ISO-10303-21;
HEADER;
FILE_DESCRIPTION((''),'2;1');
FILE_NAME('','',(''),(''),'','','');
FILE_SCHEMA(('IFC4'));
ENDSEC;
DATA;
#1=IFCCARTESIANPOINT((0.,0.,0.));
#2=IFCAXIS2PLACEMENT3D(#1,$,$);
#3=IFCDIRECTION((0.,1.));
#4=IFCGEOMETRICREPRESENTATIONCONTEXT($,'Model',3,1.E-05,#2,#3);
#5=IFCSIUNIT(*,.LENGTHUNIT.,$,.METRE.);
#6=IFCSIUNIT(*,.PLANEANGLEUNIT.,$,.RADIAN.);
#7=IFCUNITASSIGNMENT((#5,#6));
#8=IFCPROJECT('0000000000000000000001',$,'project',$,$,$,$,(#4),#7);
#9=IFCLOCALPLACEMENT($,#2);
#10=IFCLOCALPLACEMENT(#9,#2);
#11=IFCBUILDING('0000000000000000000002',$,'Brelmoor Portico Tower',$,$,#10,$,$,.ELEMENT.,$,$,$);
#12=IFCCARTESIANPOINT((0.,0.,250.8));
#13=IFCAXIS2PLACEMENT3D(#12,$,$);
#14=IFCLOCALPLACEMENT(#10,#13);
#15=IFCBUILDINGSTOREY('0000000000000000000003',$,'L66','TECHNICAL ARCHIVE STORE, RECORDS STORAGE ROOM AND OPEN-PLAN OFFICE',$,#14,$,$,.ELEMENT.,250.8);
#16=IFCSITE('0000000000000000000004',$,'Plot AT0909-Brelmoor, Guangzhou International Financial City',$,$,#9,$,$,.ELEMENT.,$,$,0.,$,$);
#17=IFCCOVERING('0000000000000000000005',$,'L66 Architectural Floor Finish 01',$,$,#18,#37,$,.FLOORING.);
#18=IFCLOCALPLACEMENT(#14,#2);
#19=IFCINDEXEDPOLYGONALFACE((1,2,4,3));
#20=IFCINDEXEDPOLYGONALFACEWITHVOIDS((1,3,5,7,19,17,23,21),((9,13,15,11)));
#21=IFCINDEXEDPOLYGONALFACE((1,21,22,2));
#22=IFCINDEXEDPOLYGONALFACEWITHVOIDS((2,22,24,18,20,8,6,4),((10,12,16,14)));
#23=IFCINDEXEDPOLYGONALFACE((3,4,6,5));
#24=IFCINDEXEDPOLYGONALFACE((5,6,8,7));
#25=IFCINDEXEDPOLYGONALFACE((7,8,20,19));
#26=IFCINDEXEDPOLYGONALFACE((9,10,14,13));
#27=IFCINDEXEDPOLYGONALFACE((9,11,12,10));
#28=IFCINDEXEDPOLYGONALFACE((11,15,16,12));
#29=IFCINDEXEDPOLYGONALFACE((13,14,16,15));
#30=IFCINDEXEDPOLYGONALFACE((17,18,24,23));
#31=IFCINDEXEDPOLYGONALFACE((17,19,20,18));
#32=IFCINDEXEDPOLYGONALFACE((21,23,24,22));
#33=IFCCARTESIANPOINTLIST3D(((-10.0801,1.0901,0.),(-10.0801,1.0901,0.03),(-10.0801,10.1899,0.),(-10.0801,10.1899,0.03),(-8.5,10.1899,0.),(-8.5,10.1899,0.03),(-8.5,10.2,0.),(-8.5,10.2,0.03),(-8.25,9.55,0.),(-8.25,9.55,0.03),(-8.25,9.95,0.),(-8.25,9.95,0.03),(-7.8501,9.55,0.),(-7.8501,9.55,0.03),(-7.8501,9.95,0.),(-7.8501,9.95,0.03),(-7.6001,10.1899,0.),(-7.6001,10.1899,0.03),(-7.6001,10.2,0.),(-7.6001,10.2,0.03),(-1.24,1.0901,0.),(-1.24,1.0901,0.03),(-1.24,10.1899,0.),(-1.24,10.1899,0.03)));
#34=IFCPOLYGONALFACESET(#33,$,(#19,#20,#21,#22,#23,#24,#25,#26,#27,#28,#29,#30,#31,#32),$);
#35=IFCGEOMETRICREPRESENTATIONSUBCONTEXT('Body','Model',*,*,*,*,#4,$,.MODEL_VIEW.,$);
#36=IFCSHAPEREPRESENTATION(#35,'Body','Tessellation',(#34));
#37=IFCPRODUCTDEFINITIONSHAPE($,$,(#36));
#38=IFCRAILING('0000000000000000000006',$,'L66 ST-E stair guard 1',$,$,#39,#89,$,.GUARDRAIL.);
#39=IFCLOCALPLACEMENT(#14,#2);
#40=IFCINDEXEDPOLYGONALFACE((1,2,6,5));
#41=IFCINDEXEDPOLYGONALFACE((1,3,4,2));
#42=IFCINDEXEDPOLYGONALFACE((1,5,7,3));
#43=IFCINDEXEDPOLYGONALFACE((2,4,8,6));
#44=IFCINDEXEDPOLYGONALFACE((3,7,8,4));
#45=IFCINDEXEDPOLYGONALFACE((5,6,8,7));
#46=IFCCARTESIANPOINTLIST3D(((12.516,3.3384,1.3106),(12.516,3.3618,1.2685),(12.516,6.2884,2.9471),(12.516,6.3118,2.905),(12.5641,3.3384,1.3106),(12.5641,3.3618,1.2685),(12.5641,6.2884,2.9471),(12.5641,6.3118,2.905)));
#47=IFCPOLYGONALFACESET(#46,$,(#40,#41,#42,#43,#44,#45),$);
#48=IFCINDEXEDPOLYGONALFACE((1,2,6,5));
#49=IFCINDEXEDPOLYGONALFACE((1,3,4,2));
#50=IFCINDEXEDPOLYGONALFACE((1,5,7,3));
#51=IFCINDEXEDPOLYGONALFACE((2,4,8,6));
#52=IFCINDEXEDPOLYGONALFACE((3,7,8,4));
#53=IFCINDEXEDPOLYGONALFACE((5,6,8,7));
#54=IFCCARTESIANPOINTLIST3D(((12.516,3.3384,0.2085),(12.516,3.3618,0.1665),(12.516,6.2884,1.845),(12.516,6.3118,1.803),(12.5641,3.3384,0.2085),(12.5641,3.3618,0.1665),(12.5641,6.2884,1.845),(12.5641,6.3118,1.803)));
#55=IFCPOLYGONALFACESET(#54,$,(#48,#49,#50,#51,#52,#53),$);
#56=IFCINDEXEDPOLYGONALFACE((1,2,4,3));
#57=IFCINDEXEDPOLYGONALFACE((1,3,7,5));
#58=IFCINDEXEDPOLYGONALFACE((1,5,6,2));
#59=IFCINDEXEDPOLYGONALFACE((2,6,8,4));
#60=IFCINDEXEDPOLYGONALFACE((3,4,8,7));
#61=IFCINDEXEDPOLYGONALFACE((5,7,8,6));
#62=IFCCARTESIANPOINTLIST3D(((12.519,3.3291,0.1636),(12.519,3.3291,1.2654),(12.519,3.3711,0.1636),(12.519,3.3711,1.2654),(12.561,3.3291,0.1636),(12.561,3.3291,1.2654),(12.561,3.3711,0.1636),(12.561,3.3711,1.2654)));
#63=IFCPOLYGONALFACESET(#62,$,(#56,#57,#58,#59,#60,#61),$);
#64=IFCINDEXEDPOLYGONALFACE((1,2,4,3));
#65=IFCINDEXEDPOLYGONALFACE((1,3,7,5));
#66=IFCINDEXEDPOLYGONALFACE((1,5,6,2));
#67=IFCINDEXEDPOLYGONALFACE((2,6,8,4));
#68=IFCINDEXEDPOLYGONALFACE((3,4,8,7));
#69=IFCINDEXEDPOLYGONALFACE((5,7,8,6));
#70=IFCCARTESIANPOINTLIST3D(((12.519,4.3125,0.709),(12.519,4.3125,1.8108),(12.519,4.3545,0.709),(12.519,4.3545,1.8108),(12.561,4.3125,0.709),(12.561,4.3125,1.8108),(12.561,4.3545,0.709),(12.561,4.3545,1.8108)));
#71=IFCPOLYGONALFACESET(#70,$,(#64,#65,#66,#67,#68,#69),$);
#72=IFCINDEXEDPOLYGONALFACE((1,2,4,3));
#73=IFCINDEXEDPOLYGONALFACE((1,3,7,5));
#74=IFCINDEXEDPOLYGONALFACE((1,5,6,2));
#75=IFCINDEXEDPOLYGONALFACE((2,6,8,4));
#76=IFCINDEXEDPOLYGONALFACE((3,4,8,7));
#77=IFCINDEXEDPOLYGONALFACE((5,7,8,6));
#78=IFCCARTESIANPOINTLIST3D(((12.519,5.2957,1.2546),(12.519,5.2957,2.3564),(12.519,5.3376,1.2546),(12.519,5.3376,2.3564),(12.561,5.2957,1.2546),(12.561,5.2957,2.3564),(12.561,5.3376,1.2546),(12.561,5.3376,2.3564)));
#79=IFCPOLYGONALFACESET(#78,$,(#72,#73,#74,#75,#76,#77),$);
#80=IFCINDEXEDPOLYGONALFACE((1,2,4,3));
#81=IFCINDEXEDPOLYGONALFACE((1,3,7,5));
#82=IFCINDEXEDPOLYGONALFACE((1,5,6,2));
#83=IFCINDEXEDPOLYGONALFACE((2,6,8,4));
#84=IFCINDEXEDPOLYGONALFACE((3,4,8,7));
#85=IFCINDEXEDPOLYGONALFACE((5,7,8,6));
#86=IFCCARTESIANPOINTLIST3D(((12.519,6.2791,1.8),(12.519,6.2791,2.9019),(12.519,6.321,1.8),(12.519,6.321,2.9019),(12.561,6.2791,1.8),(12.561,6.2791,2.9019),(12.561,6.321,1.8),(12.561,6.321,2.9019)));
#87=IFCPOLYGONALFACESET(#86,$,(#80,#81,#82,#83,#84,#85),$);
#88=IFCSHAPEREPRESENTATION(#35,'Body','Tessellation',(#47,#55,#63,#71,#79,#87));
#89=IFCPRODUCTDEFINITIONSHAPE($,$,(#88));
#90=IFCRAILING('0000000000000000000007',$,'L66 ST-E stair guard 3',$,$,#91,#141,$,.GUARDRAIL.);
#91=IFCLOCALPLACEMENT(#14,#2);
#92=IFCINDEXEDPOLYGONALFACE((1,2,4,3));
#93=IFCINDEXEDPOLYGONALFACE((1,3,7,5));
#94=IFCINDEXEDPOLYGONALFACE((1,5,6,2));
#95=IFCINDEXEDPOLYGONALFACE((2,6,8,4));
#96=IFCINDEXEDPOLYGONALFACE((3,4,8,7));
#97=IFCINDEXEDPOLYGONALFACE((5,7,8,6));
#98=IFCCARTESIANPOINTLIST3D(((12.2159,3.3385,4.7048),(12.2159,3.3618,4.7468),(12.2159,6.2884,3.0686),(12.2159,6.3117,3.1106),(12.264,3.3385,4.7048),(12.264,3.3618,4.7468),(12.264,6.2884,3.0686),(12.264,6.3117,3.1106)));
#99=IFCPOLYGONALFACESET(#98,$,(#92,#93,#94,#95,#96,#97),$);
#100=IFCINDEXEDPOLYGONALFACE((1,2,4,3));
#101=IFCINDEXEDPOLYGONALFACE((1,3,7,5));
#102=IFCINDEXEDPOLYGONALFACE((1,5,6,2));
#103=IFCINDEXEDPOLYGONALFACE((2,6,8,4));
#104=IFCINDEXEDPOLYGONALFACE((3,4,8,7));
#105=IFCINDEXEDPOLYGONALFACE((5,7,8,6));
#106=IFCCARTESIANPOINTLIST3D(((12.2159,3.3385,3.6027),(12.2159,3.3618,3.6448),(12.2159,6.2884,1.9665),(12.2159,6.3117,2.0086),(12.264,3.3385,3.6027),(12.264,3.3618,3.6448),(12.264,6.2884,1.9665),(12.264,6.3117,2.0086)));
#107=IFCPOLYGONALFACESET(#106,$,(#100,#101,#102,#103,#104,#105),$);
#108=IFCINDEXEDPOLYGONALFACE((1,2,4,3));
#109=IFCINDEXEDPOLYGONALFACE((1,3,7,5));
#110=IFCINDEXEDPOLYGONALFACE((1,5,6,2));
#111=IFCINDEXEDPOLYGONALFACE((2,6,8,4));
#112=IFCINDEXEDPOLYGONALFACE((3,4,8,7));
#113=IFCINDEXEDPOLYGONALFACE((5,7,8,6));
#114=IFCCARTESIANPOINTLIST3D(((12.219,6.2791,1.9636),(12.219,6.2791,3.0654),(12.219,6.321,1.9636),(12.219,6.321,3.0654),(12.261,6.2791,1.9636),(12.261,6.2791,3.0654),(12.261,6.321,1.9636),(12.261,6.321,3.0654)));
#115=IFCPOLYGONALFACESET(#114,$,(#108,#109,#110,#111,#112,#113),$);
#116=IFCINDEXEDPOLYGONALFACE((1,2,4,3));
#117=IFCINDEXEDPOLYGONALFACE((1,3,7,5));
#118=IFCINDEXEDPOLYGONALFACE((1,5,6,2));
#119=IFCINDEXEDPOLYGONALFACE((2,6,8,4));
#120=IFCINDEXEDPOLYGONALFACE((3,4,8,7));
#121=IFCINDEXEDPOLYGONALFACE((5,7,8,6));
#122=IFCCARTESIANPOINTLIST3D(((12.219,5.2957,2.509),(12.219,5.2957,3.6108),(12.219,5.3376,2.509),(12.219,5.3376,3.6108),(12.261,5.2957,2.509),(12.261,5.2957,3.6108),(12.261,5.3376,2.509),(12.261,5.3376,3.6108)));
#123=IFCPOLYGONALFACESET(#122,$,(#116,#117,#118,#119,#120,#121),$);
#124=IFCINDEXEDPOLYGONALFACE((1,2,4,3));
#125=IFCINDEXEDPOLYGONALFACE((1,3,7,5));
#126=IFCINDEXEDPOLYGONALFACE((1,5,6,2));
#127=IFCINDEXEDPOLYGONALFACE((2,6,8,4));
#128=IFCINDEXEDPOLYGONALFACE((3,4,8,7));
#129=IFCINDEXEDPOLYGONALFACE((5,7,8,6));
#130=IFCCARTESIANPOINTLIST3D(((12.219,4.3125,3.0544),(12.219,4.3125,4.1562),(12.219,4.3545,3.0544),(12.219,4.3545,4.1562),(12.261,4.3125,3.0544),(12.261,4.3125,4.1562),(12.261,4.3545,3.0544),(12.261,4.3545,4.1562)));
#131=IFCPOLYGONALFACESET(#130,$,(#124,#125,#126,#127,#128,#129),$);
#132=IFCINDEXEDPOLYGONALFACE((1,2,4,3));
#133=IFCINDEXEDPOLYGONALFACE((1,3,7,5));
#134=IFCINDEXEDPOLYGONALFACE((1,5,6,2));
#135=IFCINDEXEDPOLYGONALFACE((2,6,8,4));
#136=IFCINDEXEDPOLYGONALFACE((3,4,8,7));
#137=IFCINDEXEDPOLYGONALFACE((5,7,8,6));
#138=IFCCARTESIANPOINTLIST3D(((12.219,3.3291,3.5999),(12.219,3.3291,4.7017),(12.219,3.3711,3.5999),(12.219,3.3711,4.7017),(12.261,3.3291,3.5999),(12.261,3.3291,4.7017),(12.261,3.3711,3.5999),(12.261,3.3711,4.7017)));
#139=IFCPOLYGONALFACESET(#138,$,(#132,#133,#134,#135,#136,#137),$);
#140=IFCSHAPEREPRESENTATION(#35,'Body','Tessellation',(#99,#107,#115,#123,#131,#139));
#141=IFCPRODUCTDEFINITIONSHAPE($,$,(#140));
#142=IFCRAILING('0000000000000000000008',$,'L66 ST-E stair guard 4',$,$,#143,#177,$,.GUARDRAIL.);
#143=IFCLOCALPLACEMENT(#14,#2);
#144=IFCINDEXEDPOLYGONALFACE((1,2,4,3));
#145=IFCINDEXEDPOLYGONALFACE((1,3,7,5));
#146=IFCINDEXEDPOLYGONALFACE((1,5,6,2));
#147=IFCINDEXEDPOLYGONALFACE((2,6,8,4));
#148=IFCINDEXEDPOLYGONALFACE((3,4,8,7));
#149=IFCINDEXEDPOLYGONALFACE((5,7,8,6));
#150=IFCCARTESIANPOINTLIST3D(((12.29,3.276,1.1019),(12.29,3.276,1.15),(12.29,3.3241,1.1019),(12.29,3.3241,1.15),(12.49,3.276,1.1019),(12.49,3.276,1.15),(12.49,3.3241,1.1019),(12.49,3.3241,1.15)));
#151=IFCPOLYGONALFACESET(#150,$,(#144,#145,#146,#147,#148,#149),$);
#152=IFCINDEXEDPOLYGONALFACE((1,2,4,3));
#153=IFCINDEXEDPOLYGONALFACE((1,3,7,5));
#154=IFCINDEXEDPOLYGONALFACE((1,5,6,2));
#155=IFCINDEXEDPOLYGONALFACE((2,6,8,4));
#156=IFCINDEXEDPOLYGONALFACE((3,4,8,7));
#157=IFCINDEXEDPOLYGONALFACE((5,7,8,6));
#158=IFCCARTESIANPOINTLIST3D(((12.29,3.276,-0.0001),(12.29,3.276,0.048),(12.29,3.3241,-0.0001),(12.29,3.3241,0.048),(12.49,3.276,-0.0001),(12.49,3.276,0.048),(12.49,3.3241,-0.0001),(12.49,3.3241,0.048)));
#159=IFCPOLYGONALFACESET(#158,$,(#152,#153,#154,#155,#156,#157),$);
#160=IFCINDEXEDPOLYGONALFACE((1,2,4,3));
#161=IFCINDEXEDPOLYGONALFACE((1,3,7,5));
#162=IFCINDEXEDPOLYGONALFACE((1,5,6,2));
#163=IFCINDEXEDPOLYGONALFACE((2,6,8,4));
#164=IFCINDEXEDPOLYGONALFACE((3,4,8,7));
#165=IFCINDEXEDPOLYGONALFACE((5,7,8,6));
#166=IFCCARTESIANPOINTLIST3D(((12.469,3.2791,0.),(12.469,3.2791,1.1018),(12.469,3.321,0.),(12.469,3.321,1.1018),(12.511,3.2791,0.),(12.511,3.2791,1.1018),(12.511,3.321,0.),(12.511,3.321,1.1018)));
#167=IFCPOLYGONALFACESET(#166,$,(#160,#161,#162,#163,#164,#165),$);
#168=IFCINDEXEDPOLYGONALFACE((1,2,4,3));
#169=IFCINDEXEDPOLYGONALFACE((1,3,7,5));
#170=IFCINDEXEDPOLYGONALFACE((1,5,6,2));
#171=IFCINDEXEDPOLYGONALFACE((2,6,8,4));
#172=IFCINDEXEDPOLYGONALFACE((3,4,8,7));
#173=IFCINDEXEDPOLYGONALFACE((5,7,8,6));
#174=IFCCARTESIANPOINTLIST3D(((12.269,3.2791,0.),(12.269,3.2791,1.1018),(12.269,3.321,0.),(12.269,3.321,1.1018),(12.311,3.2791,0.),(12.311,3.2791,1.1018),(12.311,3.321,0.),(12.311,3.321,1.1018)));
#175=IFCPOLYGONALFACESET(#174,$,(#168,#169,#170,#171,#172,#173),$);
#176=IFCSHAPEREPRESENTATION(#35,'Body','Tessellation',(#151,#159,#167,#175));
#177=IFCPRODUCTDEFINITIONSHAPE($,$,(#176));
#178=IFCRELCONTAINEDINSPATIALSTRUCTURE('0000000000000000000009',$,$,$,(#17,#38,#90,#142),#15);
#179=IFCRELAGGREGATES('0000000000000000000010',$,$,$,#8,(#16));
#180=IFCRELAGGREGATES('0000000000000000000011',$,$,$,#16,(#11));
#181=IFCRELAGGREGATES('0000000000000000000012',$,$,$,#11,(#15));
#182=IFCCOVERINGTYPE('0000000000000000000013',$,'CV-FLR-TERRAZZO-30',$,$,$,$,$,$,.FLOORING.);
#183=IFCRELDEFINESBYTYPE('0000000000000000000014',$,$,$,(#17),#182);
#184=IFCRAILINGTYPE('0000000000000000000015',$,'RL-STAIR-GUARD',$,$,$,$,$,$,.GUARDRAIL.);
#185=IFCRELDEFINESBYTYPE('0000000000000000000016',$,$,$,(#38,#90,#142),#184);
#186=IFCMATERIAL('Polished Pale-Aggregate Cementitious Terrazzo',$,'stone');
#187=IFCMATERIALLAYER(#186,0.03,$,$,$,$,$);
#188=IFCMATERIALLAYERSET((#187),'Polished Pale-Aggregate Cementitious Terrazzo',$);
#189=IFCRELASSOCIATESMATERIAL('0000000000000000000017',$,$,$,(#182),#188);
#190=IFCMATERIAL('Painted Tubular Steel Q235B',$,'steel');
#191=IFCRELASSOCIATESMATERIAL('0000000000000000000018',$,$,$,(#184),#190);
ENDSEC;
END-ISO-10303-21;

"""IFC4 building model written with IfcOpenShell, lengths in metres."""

from ifc_helpers import new_model, si_unit, direction, frame, origin, origin_2d, place, context, subcontext, project, spatial, polyline, rectangle, outline, extrude, material, layer, layer_set, type_object, element, save


model = new_model("IFC4")

# Units and contexts
model_context = context("Model", 3, precision=1e-05, world=origin(), true_north=direction((0.0, 1.0)))
body_context = subcontext(model_context, "Body", "Model", "MODEL_VIEW")
ifc_project = project(units=[si_unit("LENGTHUNIT", "METRE"), si_unit("PLANEANGLEUNIT", "RADIAN")], contexts=[model_context])

# Site, building, storey
site_placement = place(None, origin())
site = spatial("IfcSite", under=ifc_project, at=site_placement, Name="Plot AT0909-Brelmoor, Guangzhou International Financial City", CompositionType="ELEMENT", RefElevation=0.0)
building_placement = place(site_placement, origin())
building = spatial("IfcBuilding", under=site, at=building_placement, Name="Brelmoor Portico Tower", CompositionType="ELEMENT")
storey_placement = place(building_placement, frame((0.0, 0.0, 250.8)))
storey = spatial("IfcBuildingStorey", under=building, at=storey_placement, Name="L66", Description="TECHNICAL ARCHIVE STORE, RECORDS STORAGE ROOM AND OPEN-PLAN OFFICE", CompositionType="ELEMENT", Elevation=250.8)

# Covering
ifc_material_1 = material(Name="Polished Pale-Aggregate Cementitious Terrazzo", Category="stone")
ifc_layer_1 = layer(ifc_material_1, 0.03)
ifc_layer_set_1 = layer_set([ifc_layer_1], Name="Polished Pale-Aggregate Cementitious Terrazzo")
covering_type_1 = type_object("IfcCoveringType", Name="CV-FLR-TERRAZZO-30", PredefinedType="FLOORING", material=ifc_layer_set_1)
covering_1_placement = place(storey_placement, origin())
element("IfcCovering", 1, at=covering_1_placement, inside=storey, type_object=covering_type_1, Name="L66 Architectural Floor Finish 01", PredefinedType="FLOORING", context=body_context, shape_type="SweptSolid", body=[
    extrude(outline(polyline([(-10.0801, 10.1899), (-8.5, 10.1899), (-8.5, 10.2), (-7.6001, 10.2), (-7.6001, 10.1899), (-1.24, 10.1899), (-1.24, 1.0901), (-10.0801, 1.0901), (-10.0801, 10.1899)]), holes=[polyline([(-7.8501, 9.55), (-7.8501, 9.95), (-8.25, 9.95), (-8.25, 9.55), (-7.8501, 9.55)])]), origin(), (0.0, 0.0, 1.0), 0.03),
])

# Railings
ifc_material_2 = material(Name="Painted Tubular Steel Q235B", Category="steel")
railing_type_1 = type_object("IfcRailingType", Name="RL-STAIR-GUARD", PredefinedType="GUARDRAIL", material=ifc_material_2)
railing_1_placement = place(storey_placement, frame((12.54, 3.3501, 0.1636)))
element("IfcRailing", 2, at=railing_1_placement, inside=storey, type_object=railing_type_1, Name="L66 ST-E stair guard 1", PredefinedType="GUARDRAIL", context=body_context, shape_type="SweptSolid", body=[
    extrude(rectangle(XDim=0.0481, YDim=0.0481, at=origin_2d()), frame((0.0, 0.0, 1.126), z_axis=(0.0, 0.874458, 0.485102), x_axis=(-1.0, 0.0, 0.0)), (0.0, 0.0, 1.0), 3.3735),
    extrude(rectangle(XDim=0.0481, YDim=0.0481, at=origin_2d()), frame((0.0, 0.0, 0.0239), z_axis=(0.0, 0.874458, 0.485102), x_axis=(-1.0, 0.0, 0.0)), (0.0, 0.0, 1.0), 3.3735),
    extrude(rectangle(XDim=0.042, YDim=0.042, at=origin_2d()), origin(), (0.0, 0.0, 1.0), 1.1018),
    extrude(rectangle(XDim=0.042, YDim=0.042, at=origin_2d()), frame((0.0, 0.9834, 0.5454)), (0.0, 0.0, 1.0), 1.1018),
    extrude(rectangle(XDim=0.042, YDim=0.042, at=origin_2d()), frame((0.0, 1.9666, 1.0911)), (0.0, 0.0, 1.0), 1.1018),
    extrude(rectangle(XDim=0.042, YDim=0.042, at=origin_2d()), frame((0.0, 2.95, 1.6365)), (0.0, 0.0, 1.0), 1.1018),
])
railing_2_placement = place(storey_placement, frame((12.24, 6.3, 1.9636)))
element("IfcRailing", 3, at=railing_2_placement, inside=storey, type_object=railing_type_1, Name="L66 ST-E stair guard 3", PredefinedType="GUARDRAIL", context=body_context, shape_type="SweptSolid", body=[
    extrude(rectangle(XDim=0.0481, YDim=0.0481, at=origin_2d()), frame((0.0, 0.0, 1.126), z_axis=(0.0, -0.874488, 0.485047), x_axis=(1.0, 0.0, 0.0)), (0.0, 0.0, 1.0), 3.3733),
    extrude(rectangle(XDim=0.0481, YDim=0.0481, at=origin_2d()), frame((0.0, 0.0, 0.0239), z_axis=(0.0, -0.874488, 0.485047), x_axis=(1.0, 0.0, 0.0)), (0.0, 0.0, 1.0), 3.3733),
    extrude(rectangle(XDim=0.042, YDim=0.042, at=origin_2d()), origin(), (0.0, 0.0, 1.0), 1.1018),
    extrude(rectangle(XDim=0.042, YDim=0.042, at=origin_2d()), frame((0.0, -0.9834, 0.5454)), (0.0, 0.0, 1.0), 1.1018),
    extrude(rectangle(XDim=0.042, YDim=0.042, at=origin_2d()), frame((0.0, -1.9666, 1.0908)), (0.0, 0.0, 1.0), 1.1018),
    extrude(rectangle(XDim=0.042, YDim=0.042, at=origin_2d()), frame((0.0, -2.95, 1.6362)), (0.0, 0.0, 1.0), 1.1018),
])
railing_3_placement = place(storey_placement, frame((12.49, 3.3, 0.0)))
element("IfcRailing", 4, at=railing_3_placement, inside=storey, type_object=railing_type_1, Name="L66 ST-E stair guard 4", PredefinedType="GUARDRAIL", context=body_context, shape_type="SweptSolid", body=[
    extrude(rectangle(XDim=0.0481, YDim=0.0481, at=origin_2d()), frame((0.0, 0.0, 1.126), z_axis=(-1.0, 0.0, 0.0), x_axis=(0.0, -1.0, 0.0)), (0.0, 0.0, 1.0), 0.2),
    extrude(rectangle(XDim=0.0481, YDim=0.0481, at=origin_2d()), frame((0.0, 0.0, 0.0239), z_axis=(-1.0, 0.0, 0.0), x_axis=(0.0, -1.0, 0.0)), (0.0, 0.0, 1.0), 0.2),
    extrude(rectangle(XDim=0.042, YDim=0.042, at=origin_2d()), origin(), (0.0, 0.0, 1.0), 1.1018),
    extrude(rectangle(XDim=0.042, YDim=0.042, at=origin_2d()), frame((-0.2, 0.0, 0.0)), (0.0, 0.0, 1.0), 1.1018),
])

save(model, "model.ifc")
